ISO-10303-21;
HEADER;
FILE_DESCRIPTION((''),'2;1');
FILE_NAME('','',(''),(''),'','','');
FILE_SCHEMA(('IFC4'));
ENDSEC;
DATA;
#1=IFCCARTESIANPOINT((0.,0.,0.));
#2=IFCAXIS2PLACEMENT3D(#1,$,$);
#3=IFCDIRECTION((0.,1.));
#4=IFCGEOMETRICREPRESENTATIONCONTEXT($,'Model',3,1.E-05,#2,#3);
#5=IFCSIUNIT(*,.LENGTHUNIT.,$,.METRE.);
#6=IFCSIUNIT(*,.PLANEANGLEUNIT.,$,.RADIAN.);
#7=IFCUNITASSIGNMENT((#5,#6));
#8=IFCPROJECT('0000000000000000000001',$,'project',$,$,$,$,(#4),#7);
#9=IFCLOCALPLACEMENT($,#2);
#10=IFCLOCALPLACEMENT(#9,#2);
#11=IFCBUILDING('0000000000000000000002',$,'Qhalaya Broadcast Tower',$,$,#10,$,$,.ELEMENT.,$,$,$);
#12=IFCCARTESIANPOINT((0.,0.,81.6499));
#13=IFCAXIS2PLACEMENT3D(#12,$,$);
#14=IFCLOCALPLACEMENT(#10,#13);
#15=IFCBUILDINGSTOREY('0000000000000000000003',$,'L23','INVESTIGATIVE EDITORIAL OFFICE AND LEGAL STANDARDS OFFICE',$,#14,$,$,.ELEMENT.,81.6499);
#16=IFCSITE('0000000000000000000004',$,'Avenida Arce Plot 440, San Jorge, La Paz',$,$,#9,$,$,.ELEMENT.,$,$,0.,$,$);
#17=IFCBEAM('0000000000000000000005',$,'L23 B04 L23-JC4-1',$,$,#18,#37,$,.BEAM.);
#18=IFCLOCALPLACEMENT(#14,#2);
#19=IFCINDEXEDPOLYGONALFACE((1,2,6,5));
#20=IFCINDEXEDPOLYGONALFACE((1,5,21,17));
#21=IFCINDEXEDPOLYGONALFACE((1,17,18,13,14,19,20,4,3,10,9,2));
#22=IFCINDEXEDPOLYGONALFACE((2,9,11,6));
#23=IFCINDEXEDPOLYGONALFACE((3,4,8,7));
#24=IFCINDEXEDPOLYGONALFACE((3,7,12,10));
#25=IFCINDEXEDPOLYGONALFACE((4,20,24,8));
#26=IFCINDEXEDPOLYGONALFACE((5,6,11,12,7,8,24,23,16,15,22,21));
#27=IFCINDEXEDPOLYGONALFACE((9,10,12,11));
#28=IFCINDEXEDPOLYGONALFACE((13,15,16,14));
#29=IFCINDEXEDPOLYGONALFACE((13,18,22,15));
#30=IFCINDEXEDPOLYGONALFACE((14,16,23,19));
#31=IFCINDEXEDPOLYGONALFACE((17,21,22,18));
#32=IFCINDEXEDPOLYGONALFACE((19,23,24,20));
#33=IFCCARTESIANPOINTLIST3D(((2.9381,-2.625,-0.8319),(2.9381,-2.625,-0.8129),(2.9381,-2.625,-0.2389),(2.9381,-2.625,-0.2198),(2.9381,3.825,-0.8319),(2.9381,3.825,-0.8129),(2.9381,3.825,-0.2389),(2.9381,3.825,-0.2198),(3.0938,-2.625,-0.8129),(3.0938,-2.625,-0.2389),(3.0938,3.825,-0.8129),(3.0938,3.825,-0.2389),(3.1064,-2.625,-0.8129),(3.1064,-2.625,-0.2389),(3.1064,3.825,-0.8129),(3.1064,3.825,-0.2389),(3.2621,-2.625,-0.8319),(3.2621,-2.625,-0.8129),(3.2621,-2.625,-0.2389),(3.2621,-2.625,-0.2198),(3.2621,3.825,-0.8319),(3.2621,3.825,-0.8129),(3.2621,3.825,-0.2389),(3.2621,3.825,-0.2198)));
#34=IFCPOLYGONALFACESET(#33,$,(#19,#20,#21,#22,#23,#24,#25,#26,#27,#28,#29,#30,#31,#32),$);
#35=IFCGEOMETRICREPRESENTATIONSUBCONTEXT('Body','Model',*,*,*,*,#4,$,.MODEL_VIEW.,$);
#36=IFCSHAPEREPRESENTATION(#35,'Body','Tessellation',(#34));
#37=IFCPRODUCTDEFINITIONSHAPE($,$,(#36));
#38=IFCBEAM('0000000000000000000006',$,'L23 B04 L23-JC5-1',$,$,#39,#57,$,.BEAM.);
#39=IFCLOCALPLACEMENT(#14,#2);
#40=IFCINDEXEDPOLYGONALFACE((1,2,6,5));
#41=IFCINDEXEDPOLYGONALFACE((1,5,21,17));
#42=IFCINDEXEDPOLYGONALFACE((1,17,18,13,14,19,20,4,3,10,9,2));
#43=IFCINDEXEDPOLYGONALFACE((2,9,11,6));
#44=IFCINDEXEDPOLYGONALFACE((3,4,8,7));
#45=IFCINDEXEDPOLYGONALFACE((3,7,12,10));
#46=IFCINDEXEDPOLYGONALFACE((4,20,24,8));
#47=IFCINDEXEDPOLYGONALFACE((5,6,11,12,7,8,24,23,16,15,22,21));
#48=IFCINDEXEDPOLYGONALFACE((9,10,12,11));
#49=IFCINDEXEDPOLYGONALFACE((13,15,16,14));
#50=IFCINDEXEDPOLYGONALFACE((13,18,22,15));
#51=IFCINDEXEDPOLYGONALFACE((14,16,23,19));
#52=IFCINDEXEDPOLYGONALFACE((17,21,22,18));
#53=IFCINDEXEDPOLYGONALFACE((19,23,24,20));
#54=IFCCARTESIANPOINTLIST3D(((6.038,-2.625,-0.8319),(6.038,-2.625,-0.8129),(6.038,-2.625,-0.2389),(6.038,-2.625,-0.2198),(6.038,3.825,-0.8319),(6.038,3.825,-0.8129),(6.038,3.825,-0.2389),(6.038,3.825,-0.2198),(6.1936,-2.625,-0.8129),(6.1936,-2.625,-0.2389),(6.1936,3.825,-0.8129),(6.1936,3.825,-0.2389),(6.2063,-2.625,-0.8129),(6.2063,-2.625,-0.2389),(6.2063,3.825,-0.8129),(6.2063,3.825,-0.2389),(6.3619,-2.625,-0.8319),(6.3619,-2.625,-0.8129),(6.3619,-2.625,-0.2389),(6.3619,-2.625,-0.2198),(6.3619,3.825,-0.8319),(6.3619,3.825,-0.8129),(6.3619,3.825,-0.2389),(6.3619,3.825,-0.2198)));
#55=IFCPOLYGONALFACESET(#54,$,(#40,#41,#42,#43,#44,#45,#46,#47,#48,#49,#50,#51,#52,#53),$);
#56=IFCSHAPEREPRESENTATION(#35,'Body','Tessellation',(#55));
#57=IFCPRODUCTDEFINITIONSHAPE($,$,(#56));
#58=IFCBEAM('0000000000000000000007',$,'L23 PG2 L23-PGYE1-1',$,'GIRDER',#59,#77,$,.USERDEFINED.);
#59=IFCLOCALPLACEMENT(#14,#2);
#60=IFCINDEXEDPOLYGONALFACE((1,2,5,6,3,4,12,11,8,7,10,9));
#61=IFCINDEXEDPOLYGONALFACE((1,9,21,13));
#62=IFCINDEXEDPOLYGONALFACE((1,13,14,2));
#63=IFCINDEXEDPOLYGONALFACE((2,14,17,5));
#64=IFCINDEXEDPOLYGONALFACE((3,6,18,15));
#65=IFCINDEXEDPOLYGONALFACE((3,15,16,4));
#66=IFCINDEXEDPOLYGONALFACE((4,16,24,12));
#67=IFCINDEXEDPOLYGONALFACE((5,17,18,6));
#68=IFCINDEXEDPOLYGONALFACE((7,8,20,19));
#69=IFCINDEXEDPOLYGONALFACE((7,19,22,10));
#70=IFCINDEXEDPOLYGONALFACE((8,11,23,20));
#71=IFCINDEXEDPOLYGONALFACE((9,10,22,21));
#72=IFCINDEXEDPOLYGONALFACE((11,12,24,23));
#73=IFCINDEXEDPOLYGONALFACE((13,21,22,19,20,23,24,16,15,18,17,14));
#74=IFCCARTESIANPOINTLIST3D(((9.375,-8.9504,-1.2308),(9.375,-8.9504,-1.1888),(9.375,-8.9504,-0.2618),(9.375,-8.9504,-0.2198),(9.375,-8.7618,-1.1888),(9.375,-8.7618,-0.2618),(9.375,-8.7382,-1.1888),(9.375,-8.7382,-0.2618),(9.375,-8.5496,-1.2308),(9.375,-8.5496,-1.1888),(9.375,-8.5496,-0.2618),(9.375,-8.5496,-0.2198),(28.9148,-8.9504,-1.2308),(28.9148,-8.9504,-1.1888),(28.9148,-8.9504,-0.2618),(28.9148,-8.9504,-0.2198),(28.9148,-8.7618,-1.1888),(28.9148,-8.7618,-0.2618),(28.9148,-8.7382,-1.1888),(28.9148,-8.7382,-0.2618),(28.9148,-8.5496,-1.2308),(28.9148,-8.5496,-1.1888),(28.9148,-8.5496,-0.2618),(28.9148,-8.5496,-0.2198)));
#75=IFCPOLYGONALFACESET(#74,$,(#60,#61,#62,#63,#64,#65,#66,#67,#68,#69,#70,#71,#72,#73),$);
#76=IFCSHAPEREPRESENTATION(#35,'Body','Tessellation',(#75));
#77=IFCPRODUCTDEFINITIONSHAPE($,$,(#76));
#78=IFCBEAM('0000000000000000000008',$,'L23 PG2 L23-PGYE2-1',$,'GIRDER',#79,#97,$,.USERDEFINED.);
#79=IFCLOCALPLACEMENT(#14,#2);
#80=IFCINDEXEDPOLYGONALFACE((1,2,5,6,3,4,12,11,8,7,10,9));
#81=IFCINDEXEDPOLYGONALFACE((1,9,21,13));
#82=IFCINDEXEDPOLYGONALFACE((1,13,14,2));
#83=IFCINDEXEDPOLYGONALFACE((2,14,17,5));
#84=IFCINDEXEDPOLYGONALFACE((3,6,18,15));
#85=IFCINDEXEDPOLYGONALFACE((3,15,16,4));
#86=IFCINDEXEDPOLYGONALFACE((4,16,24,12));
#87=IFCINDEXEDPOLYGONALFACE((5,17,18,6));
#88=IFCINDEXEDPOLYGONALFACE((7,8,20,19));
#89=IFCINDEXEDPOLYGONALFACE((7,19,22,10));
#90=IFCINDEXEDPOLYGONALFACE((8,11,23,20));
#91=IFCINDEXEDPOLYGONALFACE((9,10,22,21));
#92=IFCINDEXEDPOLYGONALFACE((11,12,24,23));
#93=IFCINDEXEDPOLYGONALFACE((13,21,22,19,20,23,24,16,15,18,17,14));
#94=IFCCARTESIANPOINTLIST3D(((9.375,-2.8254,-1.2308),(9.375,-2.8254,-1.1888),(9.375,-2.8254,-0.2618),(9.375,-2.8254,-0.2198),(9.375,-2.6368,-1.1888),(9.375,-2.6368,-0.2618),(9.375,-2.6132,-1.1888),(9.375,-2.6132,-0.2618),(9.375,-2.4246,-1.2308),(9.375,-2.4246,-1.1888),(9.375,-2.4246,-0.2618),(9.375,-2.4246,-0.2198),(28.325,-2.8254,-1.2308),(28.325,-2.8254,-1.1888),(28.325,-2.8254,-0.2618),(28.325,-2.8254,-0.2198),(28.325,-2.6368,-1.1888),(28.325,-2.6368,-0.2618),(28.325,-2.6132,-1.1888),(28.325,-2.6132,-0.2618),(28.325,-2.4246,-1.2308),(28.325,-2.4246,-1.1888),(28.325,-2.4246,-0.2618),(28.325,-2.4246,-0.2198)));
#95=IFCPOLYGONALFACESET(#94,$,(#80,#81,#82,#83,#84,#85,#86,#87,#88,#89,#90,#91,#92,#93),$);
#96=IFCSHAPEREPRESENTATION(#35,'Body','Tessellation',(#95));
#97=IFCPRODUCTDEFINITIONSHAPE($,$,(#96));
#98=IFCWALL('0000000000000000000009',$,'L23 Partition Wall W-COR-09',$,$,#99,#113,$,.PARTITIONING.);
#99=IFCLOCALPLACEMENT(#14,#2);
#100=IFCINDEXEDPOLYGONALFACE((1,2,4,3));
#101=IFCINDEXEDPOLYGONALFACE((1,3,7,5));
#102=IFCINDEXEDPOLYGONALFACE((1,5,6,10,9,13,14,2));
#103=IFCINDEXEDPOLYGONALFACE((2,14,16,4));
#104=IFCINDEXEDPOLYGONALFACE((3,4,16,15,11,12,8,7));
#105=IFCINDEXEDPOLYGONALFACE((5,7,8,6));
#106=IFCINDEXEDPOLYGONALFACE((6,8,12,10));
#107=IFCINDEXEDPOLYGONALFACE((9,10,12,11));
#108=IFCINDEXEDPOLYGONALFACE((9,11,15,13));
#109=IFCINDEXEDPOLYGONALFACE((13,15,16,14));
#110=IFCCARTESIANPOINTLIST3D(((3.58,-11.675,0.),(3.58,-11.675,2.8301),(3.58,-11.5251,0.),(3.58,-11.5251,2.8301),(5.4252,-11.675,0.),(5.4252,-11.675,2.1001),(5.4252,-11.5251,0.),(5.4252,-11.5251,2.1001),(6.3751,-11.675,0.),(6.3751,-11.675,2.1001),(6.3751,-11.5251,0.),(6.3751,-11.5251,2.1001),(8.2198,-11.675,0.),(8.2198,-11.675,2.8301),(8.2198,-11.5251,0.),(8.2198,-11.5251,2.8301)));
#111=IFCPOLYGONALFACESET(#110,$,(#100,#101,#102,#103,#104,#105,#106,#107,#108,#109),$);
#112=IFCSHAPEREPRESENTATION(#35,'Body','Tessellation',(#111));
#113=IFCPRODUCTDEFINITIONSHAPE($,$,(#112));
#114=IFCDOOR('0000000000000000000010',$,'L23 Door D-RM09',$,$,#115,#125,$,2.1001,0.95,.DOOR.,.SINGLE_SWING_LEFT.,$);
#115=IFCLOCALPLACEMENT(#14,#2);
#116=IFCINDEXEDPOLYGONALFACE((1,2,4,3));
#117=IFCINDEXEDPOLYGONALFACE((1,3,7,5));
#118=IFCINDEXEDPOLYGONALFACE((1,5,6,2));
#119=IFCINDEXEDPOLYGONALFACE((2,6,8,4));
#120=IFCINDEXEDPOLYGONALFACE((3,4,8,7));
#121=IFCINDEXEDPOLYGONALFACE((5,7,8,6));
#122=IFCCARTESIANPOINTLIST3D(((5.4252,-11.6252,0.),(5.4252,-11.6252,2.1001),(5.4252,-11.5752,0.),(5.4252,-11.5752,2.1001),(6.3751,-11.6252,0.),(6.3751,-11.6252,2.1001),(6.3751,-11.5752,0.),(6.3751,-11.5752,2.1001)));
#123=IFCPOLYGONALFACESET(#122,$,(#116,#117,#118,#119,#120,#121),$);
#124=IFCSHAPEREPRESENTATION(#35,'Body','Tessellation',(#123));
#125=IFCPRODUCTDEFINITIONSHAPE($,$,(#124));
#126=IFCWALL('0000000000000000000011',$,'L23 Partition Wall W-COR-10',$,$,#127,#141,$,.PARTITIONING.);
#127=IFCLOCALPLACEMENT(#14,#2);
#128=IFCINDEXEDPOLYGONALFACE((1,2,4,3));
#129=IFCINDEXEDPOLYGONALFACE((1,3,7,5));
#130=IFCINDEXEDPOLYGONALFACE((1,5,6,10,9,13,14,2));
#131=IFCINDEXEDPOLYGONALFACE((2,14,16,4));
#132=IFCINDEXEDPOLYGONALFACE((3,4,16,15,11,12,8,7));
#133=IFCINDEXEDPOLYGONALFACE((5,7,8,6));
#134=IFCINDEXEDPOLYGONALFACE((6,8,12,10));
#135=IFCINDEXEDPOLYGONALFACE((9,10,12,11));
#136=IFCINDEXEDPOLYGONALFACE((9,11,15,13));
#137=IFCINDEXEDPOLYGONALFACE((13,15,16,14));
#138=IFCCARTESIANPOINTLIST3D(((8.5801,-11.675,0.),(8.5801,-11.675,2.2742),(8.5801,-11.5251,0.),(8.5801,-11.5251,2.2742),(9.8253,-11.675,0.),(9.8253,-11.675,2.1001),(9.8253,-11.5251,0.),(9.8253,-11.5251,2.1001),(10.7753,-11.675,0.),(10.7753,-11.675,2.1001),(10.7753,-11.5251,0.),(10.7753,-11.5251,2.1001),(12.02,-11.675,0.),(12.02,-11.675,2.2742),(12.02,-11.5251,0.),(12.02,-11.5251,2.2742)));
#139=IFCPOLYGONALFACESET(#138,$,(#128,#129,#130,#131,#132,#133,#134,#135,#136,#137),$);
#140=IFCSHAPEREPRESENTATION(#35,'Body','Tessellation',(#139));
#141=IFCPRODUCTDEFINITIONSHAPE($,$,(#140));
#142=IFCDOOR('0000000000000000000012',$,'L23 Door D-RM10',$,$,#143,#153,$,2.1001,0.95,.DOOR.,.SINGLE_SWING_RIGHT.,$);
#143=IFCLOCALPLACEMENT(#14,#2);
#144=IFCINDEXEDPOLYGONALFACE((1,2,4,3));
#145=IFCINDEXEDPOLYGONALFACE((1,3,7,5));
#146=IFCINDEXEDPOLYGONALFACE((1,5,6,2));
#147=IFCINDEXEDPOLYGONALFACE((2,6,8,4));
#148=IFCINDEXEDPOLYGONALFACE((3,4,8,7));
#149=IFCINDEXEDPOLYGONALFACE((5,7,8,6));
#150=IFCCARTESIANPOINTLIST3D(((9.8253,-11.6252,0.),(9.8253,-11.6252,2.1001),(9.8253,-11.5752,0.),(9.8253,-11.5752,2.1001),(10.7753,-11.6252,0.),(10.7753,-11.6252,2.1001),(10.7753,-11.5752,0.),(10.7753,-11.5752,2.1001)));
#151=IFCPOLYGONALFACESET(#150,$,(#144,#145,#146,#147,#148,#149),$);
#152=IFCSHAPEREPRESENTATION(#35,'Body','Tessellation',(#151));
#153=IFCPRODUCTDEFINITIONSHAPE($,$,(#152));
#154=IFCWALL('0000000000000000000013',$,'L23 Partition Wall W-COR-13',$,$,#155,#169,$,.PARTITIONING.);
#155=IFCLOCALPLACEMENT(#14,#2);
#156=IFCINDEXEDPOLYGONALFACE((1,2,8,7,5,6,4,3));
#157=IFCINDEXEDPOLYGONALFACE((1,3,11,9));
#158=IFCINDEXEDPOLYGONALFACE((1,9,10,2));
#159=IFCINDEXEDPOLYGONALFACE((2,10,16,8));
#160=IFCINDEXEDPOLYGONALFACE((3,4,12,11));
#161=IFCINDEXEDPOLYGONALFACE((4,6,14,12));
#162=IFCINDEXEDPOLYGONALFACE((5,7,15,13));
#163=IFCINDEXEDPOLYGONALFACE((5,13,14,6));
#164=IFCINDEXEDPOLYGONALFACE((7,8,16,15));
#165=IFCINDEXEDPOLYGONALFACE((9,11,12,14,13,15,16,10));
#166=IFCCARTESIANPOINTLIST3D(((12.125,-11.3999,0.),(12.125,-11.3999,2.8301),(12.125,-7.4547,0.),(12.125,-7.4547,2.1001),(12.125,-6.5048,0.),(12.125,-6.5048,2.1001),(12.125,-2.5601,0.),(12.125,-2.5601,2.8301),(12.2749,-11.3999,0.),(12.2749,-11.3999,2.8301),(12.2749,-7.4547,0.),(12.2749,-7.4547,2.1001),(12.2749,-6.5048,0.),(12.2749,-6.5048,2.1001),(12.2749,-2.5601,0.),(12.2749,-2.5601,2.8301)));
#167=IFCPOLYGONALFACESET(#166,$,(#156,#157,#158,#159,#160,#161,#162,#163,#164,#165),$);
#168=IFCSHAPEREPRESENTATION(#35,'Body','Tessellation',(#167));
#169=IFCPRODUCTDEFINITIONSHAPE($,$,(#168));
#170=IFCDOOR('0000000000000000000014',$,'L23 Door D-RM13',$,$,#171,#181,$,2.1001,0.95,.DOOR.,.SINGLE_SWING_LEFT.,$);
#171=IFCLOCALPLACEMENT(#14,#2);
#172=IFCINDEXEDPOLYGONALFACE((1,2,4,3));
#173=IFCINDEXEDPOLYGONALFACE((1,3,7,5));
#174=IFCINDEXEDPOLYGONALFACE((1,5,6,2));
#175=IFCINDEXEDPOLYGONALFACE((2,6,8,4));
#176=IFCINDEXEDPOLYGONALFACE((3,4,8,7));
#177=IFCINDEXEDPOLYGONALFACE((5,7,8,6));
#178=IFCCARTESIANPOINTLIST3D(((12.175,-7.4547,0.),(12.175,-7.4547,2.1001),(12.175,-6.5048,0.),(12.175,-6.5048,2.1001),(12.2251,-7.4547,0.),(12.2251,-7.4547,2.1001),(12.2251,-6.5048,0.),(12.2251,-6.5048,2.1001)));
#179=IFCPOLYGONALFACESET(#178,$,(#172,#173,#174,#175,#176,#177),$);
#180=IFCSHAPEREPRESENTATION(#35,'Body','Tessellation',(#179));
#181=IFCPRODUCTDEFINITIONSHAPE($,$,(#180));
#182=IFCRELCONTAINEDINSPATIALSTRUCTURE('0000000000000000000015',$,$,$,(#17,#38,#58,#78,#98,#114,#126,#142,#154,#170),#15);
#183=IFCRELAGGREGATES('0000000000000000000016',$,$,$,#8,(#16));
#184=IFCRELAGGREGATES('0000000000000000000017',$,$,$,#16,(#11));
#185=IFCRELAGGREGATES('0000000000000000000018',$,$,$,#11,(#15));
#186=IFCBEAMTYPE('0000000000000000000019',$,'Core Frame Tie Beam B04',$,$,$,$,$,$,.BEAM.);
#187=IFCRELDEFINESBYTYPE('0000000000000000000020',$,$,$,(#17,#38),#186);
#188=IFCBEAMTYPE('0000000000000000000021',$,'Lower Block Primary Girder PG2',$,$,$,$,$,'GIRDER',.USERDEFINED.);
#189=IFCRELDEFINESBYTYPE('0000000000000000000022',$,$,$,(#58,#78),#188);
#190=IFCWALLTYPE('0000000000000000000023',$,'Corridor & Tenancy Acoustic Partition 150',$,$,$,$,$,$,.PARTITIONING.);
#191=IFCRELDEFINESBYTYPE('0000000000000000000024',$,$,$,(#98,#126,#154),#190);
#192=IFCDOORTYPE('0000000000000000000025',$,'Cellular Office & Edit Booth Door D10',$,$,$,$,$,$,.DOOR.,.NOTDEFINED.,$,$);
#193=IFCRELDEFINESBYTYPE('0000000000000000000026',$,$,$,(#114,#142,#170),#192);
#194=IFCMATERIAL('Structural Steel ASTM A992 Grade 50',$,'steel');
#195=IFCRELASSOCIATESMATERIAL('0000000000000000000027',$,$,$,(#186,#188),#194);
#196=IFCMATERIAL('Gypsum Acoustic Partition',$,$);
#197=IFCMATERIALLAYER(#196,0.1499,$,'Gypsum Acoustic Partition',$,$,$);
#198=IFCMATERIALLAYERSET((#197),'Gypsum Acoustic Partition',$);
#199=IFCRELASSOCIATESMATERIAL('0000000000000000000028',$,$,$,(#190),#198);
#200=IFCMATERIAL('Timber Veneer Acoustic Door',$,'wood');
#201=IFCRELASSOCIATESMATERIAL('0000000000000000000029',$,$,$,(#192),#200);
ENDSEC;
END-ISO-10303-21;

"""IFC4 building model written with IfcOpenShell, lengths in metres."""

from ifc_helpers import new_model, si_unit, direction, frame, frame_2d, origin, origin_2d, place, context, subcontext, project, spatial, rectangle, i_section, extrude, material, layer, layer_set, material_profile, profile_set, type_object, element, fill, save


model = new_model("IFC4")

# Units and contexts
model_context = context("Model", 3, precision=1e-05, world=origin(), true_north=direction((0.0, 1.0)))
body_context = subcontext(model_context, "Body", "Model", "MODEL_VIEW")
ifc_project = project(units=[si_unit("LENGTHUNIT", "METRE"), si_unit("PLANEANGLEUNIT", "RADIAN")], contexts=[model_context])

# Site, building, storey
site_placement = place(None, origin())
site = spatial("IfcSite", under=ifc_project, at=site_placement, Name="Avenida Arce Plot 440, San Jorge, La Paz", CompositionType="ELEMENT", RefElevation=0.0)
building_placement = place(site_placement, origin())
building = spatial("IfcBuilding", under=site, at=building_placement, Name="Qhalaya Broadcast Tower", CompositionType="ELEMENT")
storey_placement = place(building_placement, frame((0.0, 0.0, 81.6499)))
storey = spatial("IfcBuildingStorey", under=building, at=storey_placement, Name="L23", Description="INVESTIGATIVE EDITORIAL OFFICE AND LEGAL STANDARDS OFFICE", CompositionType="ELEMENT", Elevation=81.6499)

# Beams
ifc_material_1 = material(Name="Structural Steel ASTM A992 Grade 50", Category="steel")
ifc_material_profile_1 = material_profile(ifc_material_1, i_section(OverallWidth=0.324, OverallDepth=0.6121, WebThickness=0.0127, FlangeThickness=0.019, at=origin_2d()), Name="W24X104")
ifc_profile_set_1 = profile_set([ifc_material_profile_1], Name="Structural Steel ASTM A992 Grade 50")
beam_type_1 = type_object("IfcBeamType", Name="Core Frame Tie Beam B04", PredefinedType="BEAM", material=ifc_profile_set_1)
for number, where, z_axis, x_axis, name in (
    (1, (3.1001, -2.625, -0.5259), (0.0, 1.0, 0.0), (-1.0, 0.0, 0.0), "L23 B04 L23-JC4-1"),
    (2, (6.2, -2.625, -0.5259), (0.0, 1.0, 0.0), (-1.0, 0.0, 0.0), "L23 B04 L23-JC5-1"),
):
    element("IfcBeam", number, at=place(storey_placement, frame(where, z_axis=z_axis, x_axis=x_axis)), inside=storey, type_object=beam_type_1, Name=name, PredefinedType="BEAM", context=body_context, shape_type="SweptSolid", body=[
        extrude(i_section(OverallWidth=0.324, OverallDepth=0.6121, WebThickness=0.0127, FlangeThickness=0.019, at=origin_2d()), origin(), (0.0, 0.0, 1.0), 6.45),
    ])
ifc_material_profile_2 = material_profile(ifc_material_1, i_section(OverallWidth=0.4009, OverallDepth=1.011, WebThickness=0.0237, FlangeThickness=0.042, at=origin_2d()), Name="W40X297")
ifc_profile_set_2 = profile_set([ifc_material_profile_2], Name="Structural Steel ASTM A992 Grade 50")
beam_type_2 = type_object("IfcBeamType", Name="Lower Block Primary Girder PG2", ElementType="GIRDER", PredefinedType="USERDEFINED", material=ifc_profile_set_2)
beam_1_placement = place(storey_placement, frame((9.375, -8.75, -0.7253), z_axis=(1.0, 0.0, 0.0), x_axis=(0.0, 1.0, 0.0)))
element("IfcBeam", 3, at=beam_1_placement, inside=storey, type_object=beam_type_2, Name="L23 PG2 L23-PGYE1-1", ObjectType="GIRDER", PredefinedType="USERDEFINED", context=body_context, shape_type="SweptSolid", body=[
    extrude(i_section(OverallWidth=0.4009, OverallDepth=1.011, WebThickness=0.0237, FlangeThickness=0.042, at=origin_2d()), origin(), (0.0, 0.0, 1.0), 19.5398),
])
beam_2_placement = place(storey_placement, frame((9.375, -2.625, -0.7253), z_axis=(1.0, 0.0, 0.0), x_axis=(0.0, 1.0, 0.0)))
element("IfcBeam", 4, at=beam_2_placement, inside=storey, type_object=beam_type_2, Name="L23 PG2 L23-PGYE2-1", ObjectType="GIRDER", PredefinedType="USERDEFINED", context=body_context, shape_type="SweptSolid", body=[
    extrude(i_section(OverallWidth=0.4009, OverallDepth=1.011, WebThickness=0.0237, FlangeThickness=0.042, at=origin_2d()), origin(), (0.0, 0.0, 1.0), 18.95),
])

# Walls, openings, doors
ifc_material_2 = material(Name="Gypsum Acoustic Partition")
ifc_layer_1 = layer(ifc_material_2, 0.1499, Name="Gypsum Acoustic Partition")
ifc_layer_set_1 = layer_set([ifc_layer_1], Name="Gypsum Acoustic Partition")
wall_type_1 = type_object("IfcWallType", Name="Corridor & Tenancy Acoustic Partition 150", PredefinedType="PARTITIONING", material=ifc_layer_set_1)
wall_1_placement = place(storey_placement, frame((3.5801, -11.6001, 0.0), z_axis=(0.0, 0.0, 1.0), x_axis=(1.0, 0.0, 0.0)))
wall_1 = element("IfcWall", 5, at=wall_1_placement, inside=storey, type_object=wall_type_1, Name="L23 Partition Wall W-COR-09", PredefinedType="PARTITIONING", context=body_context, shape_type="SweptSolid", body=[
    extrude(rectangle(XDim=4.6399, YDim=0.1499, at=frame_2d((2.3198, 0.0))), origin(), (0.0, 0.0, 1.0), 2.8301),
])
opening_1_placement = place(wall_1_placement, frame((1.845, 0.0, 0.0)))
opening_1 = element("IfcOpeningElement", 6, at=opening_1_placement, cuts=wall_1, PredefinedType="OPENING", context=body_context, shape_type="SweptSolid", body=[
    extrude(rectangle(XDim=0.95, YDim=2.1001, at=frame_2d((0.4751, 1.05))), frame((0.0, 0.0869, 0.0), z_axis=(0.0, -1.0, 0.0), x_axis=(1.0, 0.0, 0.0)), (0.0, 0.0, 1.0), 0.1738),
])
ifc_material_3 = material(Name="Timber Veneer Acoustic Door", Category="wood")
door_type_1 = type_object("IfcDoorType", Name="Cellular Office & Edit Booth Door D10", OperationType="NOTDEFINED", PredefinedType="DOOR", material=ifc_material_3)
door_1_placement = place(opening_1_placement, origin())
door_1 = element("IfcDoor", 7, at=door_1_placement, inside=storey, type_object=door_type_1, Name="L23 Door D-RM09", OperationType="SINGLE_SWING_LEFT", OverallHeight=2.1001, OverallWidth=0.95, PredefinedType="DOOR", context=body_context, shape_type="SweptSolid", body=[
    extrude(rectangle(XDim=0.95, YDim=2.1001, at=frame_2d((0.4751, 1.05))), frame((0.0, 0.0249, 0.0), z_axis=(0.0, -1.0, 0.0), x_axis=(1.0, 0.0, 0.0)), (0.0, 0.0, 1.0), 0.05),
])
fill(opening_1, door_1)
wall_2_placement = place(storey_placement, frame((8.5801, -11.6001, 0.0), z_axis=(0.0, 0.0, 1.0), x_axis=(1.0, 0.0, 0.0)))
wall_2 = element("IfcWall", 8, at=wall_2_placement, inside=storey, type_object=wall_type_1, Name="L23 Partition Wall W-COR-10", PredefinedType="PARTITIONING", context=body_context, shape_type="SweptSolid", body=[
    extrude(rectangle(XDim=3.4399, YDim=0.1499, at=frame_2d((1.72, 0.0))), origin(), (0.0, 0.0, 1.0), 2.2742),
])
opening_2_placement = place(wall_2_placement, frame((1.2451, 0.0, 0.0)))
opening_2 = element("IfcOpeningElement", 9, at=opening_2_placement, cuts=wall_2, PredefinedType="OPENING", context=body_context, shape_type="SweptSolid", body=[
    extrude(rectangle(XDim=0.95, YDim=2.1001, at=frame_2d((0.4751, 1.05))), frame((0.0, 0.0869, 0.0), z_axis=(0.0, -1.0, 0.0), x_axis=(1.0, 0.0, 0.0)), (0.0, 0.0, 1.0), 0.1738),
])
door_2_placement = place(opening_2_placement, origin())
door_2 = element("IfcDoor", 10, at=door_2_placement, inside=storey, type_object=door_type_1, Name="L23 Door D-RM10", OperationType="SINGLE_SWING_RIGHT", OverallHeight=2.1001, OverallWidth=0.95, PredefinedType="DOOR", context=body_context, shape_type="SweptSolid", body=[
    extrude(rectangle(XDim=0.95, YDim=2.1001, at=frame_2d((0.4751, 1.05))), frame((0.0, 0.0249, 0.0), z_axis=(0.0, -1.0, 0.0), x_axis=(1.0, 0.0, 0.0)), (0.0, 0.0, 1.0), 0.05),
])
fill(opening_2, door_2)
wall_3_placement = place(storey_placement, frame((12.2, -11.3999, 0.0), z_axis=(0.0, 0.0, 1.0), x_axis=(0.0, 1.0, 0.0)))
wall_3 = element("IfcWall", 11, at=wall_3_placement, inside=storey, type_object=wall_type_1, Name="L23 Partition Wall W-COR-13", PredefinedType="PARTITIONING", context=body_context, shape_type="SweptSolid", body=[
    extrude(rectangle(XDim=8.8398, YDim=0.1499, at=frame_2d((4.4199, 0.0))), origin(), (0.0, 0.0, 1.0), 2.8301),
])
opening_3_placement = place(wall_3_placement, frame((3.9451, 0.0, 0.0)))
opening_3 = element("IfcOpeningElement", 12, at=opening_3_placement, cuts=wall_3, PredefinedType="OPENING", context=body_context, shape_type="SweptSolid", body=[
    extrude(rectangle(XDim=0.95, YDim=2.1001, at=frame_2d((0.4751, 1.05))), frame((0.0, 0.0869, 0.0), z_axis=(0.0, -1.0, 0.0), x_axis=(1.0, 0.0, 0.0)), (0.0, 0.0, 1.0), 0.1738),
])
door_3_placement = place(opening_3_placement, origin())
door_3 = element("IfcDoor", 13, at=door_3_placement, inside=storey, type_object=door_type_1, Name="L23 Door D-RM13", OperationType="SINGLE_SWING_LEFT", OverallHeight=2.1001, OverallWidth=0.95, PredefinedType="DOOR", context=body_context, shape_type="SweptSolid", body=[
    extrude(rectangle(XDim=0.95, YDim=2.1001, at=frame_2d((0.4751, 1.05))), frame((0.0, 0.0249, 0.0), z_axis=(0.0, -1.0, 0.0), x_axis=(1.0, 0.0, 0.0)), (0.0, 0.0, 1.0), 0.05),
])
fill(opening_3, door_3)

save(model, "model.ifc")
